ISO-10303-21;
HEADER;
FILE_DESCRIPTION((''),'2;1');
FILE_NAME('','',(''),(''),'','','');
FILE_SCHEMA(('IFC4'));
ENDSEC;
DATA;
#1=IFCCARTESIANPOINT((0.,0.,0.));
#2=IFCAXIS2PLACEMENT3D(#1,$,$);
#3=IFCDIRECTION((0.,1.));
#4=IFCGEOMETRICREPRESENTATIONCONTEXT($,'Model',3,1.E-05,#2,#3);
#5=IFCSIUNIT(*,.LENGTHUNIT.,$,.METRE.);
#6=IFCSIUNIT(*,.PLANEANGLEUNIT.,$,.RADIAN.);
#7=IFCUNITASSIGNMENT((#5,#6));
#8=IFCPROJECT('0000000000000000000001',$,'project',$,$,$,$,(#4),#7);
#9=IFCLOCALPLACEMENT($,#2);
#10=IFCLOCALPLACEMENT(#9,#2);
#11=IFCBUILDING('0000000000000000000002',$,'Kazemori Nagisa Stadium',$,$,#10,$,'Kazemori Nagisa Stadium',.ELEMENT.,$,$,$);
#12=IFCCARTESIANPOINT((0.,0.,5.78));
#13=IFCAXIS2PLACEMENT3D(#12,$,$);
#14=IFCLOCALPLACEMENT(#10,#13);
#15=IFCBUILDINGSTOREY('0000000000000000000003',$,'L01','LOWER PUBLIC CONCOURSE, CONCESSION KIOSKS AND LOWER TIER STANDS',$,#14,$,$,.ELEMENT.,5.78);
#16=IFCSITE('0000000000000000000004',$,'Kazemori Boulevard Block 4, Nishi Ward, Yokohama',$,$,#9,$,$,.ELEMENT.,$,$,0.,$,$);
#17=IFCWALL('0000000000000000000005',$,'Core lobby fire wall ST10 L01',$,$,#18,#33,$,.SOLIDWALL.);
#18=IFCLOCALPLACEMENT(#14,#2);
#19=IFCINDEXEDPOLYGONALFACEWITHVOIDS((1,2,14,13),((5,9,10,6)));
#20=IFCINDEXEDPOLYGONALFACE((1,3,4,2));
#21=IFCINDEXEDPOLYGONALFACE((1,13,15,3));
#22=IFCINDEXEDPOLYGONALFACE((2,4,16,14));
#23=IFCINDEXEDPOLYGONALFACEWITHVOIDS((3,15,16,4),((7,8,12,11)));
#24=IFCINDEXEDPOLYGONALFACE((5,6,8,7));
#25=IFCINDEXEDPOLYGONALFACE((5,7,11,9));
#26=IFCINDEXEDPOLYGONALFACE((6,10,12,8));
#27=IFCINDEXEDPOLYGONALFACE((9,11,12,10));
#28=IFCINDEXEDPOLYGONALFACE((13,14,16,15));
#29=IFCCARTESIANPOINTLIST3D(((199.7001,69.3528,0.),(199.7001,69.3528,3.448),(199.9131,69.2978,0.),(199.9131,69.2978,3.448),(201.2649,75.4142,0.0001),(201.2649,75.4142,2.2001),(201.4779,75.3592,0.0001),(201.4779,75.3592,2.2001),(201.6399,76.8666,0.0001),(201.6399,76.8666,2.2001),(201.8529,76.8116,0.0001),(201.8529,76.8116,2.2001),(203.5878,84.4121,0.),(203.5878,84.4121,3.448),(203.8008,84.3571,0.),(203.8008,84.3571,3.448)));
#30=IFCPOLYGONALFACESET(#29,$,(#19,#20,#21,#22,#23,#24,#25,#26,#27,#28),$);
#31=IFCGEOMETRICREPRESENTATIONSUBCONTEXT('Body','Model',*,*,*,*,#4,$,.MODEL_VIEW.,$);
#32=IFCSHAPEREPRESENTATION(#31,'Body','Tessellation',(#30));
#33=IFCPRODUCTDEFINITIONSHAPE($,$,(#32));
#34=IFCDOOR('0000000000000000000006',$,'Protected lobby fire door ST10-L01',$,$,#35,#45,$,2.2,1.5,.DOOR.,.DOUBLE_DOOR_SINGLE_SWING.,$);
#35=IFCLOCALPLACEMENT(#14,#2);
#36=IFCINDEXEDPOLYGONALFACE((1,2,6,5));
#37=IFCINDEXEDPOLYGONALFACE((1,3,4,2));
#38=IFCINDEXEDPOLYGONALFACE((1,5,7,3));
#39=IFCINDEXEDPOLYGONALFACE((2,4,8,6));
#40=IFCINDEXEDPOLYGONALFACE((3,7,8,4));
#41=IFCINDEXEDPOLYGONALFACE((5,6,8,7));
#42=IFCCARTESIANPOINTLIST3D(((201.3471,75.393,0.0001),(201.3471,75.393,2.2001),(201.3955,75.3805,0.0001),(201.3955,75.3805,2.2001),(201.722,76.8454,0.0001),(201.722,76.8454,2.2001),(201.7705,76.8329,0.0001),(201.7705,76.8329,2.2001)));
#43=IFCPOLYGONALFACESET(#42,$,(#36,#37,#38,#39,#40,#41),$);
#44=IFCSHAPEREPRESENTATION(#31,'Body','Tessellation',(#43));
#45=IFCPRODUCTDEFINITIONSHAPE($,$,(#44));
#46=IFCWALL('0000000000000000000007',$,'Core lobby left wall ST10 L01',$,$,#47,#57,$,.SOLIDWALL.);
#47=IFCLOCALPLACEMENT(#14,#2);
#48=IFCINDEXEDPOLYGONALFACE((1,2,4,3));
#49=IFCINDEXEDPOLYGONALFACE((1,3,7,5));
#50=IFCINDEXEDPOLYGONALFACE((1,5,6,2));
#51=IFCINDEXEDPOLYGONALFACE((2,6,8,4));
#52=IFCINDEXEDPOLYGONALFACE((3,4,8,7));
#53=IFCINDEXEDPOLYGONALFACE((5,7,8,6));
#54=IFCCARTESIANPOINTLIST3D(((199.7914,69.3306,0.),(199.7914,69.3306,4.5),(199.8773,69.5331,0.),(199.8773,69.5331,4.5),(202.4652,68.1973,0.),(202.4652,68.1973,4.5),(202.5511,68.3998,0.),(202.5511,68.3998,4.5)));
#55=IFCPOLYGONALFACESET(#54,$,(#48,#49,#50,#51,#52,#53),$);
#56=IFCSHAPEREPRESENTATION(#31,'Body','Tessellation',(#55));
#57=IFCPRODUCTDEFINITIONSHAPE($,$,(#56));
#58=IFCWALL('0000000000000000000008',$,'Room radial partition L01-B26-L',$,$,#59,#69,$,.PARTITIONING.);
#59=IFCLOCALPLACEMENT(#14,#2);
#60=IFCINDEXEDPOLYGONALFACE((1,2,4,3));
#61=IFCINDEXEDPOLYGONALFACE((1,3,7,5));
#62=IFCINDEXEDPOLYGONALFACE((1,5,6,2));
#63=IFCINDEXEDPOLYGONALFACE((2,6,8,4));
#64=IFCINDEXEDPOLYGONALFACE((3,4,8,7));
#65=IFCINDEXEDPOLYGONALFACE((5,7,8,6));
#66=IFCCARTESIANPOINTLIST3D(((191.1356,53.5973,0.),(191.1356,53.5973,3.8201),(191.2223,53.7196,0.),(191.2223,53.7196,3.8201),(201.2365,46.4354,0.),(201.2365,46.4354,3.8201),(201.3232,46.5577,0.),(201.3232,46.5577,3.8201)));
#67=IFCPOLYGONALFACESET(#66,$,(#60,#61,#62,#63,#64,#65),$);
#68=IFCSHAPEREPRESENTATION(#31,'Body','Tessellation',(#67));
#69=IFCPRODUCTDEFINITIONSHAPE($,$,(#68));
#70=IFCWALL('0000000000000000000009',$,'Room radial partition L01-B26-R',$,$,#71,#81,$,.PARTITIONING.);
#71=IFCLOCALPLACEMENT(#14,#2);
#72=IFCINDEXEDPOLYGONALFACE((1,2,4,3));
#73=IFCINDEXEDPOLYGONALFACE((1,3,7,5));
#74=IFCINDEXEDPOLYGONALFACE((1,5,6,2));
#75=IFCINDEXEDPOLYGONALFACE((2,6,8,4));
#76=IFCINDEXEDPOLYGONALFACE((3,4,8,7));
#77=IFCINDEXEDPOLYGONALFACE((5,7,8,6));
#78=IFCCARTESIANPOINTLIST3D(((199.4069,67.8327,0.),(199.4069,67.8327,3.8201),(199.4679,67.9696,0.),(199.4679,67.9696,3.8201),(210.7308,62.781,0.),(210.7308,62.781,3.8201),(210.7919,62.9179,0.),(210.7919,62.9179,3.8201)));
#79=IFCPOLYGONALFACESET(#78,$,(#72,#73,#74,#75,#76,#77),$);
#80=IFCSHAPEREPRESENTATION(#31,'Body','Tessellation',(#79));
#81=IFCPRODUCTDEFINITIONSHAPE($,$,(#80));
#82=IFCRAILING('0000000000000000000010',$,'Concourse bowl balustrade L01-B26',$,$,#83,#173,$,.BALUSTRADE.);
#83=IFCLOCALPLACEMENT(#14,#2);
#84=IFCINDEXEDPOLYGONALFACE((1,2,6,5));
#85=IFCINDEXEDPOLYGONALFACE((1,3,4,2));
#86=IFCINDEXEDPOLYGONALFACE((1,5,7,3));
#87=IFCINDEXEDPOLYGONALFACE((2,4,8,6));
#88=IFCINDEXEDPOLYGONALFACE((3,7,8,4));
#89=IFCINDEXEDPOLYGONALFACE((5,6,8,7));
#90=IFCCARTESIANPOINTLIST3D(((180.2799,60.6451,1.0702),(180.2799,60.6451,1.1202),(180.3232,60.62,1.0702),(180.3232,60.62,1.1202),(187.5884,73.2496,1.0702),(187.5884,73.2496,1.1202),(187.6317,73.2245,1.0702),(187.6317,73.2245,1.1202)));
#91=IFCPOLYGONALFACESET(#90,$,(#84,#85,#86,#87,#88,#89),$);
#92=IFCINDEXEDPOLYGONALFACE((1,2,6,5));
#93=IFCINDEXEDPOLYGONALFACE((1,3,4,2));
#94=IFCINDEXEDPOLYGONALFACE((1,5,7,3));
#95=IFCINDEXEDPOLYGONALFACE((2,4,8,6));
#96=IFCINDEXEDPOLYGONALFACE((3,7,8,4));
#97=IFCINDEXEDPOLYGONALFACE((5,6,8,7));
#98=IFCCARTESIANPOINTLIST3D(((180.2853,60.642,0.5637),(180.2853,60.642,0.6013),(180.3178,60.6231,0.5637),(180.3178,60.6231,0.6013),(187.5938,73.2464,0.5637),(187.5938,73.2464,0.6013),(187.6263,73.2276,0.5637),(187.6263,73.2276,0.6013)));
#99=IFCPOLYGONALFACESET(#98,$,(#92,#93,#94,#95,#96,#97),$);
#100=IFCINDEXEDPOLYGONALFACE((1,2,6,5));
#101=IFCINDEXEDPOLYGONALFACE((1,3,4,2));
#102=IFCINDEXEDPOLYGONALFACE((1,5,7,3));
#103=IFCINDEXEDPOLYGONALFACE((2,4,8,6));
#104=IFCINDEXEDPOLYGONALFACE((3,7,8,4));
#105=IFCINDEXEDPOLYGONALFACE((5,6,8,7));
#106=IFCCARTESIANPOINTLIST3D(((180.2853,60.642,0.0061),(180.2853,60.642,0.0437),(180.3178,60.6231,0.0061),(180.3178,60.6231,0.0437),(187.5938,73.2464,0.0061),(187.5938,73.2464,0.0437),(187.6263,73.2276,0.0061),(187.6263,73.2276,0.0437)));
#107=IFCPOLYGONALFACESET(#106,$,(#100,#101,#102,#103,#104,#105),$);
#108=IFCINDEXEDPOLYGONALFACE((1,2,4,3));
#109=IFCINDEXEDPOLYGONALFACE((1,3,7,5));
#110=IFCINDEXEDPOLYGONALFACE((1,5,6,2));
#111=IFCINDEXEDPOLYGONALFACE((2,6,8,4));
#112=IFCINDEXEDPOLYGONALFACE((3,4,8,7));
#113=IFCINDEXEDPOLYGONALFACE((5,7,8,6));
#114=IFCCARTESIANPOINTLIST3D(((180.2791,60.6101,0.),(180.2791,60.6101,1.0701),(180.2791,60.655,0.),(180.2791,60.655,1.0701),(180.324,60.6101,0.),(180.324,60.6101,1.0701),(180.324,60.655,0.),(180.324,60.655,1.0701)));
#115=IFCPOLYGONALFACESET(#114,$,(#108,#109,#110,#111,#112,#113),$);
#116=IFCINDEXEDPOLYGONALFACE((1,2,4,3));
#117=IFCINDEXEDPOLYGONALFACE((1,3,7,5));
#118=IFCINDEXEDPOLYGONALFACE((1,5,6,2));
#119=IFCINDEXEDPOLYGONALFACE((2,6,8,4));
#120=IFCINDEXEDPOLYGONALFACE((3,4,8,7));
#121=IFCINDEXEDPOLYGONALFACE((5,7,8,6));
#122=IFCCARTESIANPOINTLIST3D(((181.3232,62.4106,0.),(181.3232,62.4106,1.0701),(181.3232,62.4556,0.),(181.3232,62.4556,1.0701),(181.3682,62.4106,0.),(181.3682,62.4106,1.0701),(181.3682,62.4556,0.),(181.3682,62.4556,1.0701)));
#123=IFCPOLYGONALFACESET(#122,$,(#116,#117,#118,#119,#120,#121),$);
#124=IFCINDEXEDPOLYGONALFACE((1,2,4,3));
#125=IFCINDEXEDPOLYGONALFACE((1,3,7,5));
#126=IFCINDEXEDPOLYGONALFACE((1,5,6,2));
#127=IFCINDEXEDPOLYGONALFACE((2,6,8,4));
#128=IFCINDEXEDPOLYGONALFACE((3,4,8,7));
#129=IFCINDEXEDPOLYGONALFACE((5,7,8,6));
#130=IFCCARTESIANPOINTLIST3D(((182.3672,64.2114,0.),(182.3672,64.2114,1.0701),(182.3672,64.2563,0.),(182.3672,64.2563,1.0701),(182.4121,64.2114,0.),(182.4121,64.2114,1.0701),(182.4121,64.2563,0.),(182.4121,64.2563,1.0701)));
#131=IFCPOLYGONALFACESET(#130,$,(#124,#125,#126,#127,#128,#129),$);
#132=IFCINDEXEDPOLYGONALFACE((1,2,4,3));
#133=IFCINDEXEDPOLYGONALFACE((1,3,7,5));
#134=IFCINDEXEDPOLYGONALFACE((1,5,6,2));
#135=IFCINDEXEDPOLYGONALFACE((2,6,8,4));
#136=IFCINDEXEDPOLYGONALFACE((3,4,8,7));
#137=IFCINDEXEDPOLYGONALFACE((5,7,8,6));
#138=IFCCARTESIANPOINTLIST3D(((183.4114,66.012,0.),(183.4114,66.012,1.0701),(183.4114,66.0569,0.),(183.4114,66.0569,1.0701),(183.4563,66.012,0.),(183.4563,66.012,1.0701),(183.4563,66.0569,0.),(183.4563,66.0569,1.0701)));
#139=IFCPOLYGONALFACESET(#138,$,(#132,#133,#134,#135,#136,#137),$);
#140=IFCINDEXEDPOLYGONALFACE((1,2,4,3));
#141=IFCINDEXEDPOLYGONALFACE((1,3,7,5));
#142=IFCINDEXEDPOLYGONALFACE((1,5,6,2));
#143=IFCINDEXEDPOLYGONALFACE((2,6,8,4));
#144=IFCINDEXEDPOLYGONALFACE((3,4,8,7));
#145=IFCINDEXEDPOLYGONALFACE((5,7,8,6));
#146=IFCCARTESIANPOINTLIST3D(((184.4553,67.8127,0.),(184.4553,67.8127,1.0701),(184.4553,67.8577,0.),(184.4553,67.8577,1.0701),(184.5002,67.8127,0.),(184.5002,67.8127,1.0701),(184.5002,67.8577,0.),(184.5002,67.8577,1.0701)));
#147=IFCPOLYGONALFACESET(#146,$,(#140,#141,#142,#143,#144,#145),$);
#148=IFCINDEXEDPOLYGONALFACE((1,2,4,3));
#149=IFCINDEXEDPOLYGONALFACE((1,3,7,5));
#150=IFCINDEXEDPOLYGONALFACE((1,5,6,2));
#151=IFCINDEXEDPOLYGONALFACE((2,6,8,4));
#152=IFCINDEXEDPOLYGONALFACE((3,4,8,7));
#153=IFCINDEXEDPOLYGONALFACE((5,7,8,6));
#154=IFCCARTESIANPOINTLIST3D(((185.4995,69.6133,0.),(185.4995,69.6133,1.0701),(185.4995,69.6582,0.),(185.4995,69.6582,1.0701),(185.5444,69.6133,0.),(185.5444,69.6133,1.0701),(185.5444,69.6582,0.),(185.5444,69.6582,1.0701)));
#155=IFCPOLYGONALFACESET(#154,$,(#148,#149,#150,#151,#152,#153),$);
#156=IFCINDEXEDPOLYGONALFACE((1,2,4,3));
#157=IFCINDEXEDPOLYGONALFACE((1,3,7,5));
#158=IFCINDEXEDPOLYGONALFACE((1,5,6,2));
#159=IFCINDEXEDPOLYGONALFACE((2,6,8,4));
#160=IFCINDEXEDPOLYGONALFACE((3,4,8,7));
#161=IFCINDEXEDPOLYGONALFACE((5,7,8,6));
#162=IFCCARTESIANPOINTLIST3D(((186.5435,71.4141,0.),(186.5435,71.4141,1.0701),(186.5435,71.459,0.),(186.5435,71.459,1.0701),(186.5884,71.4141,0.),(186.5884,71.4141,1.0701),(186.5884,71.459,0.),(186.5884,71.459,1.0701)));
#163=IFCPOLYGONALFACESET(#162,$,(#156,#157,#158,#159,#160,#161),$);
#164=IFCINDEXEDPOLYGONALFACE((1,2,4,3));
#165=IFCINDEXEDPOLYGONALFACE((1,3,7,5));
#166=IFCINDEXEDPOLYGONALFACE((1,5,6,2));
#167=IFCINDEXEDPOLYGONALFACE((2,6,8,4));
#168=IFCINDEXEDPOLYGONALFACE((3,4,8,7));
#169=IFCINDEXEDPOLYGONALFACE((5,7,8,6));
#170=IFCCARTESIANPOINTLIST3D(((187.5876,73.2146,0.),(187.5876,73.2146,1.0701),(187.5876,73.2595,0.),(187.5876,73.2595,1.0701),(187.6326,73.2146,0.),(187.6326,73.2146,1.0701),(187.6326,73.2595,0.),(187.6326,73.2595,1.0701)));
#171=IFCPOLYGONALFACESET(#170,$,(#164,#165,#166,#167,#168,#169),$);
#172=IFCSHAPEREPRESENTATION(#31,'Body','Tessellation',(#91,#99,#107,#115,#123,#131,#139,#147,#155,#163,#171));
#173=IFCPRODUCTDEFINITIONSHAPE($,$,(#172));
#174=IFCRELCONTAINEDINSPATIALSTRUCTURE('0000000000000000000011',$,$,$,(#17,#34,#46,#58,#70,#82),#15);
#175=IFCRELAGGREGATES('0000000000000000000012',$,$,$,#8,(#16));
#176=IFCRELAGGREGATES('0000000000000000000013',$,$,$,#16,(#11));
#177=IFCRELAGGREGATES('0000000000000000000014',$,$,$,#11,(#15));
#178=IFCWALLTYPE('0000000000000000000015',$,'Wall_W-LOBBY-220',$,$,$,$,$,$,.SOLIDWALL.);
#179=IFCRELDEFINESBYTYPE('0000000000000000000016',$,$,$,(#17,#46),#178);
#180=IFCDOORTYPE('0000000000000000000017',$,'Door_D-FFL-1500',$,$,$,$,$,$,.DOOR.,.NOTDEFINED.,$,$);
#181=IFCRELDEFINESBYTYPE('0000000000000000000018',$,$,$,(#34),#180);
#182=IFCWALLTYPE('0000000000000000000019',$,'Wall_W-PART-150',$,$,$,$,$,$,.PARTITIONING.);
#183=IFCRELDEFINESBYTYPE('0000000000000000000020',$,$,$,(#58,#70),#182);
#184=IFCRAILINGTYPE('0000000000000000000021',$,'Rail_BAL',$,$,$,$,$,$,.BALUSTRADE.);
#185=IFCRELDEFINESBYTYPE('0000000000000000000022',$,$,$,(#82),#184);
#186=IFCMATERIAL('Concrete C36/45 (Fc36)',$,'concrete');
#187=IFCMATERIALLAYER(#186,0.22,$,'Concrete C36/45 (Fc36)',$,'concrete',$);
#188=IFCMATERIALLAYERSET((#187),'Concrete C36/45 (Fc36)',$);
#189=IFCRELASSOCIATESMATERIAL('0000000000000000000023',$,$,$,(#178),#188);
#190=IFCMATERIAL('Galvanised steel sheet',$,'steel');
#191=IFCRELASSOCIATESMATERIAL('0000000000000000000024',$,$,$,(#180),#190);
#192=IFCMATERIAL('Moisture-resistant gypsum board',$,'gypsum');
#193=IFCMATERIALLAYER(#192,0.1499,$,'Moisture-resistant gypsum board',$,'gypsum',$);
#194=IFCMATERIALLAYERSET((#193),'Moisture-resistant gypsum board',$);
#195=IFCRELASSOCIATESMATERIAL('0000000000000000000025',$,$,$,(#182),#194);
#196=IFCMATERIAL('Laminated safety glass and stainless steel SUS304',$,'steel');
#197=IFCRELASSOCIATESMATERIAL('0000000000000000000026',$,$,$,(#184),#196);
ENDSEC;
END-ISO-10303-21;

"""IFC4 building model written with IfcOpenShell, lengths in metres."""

from ifc_helpers import new_model, si_unit, direction, frame, frame_2d, origin, origin_2d, place, context, subcontext, project, spatial, rectangle, extrude, material, layer, layer_set, type_object, element, fill, save


model = new_model("IFC4")

# Units and contexts
model_context = context("Model", 3, precision=1e-05, world=origin(), true_north=direction((0.0, 1.0)))
body_context = subcontext(model_context, "Body", "Model", "MODEL_VIEW")
ifc_project = project(units=[si_unit("LENGTHUNIT", "METRE"), si_unit("PLANEANGLEUNIT", "RADIAN")], contexts=[model_context])

# Site, building, storey
site_placement = place(None, origin())
site = spatial("IfcSite", under=ifc_project, at=site_placement, Name="Kazemori Boulevard Block 4, Nishi Ward, Yokohama", CompositionType="ELEMENT", RefElevation=0.0)
building_placement = place(site_placement, origin())
building = spatial("IfcBuilding", under=site, at=building_placement, Name="Kazemori Nagisa Stadium", LongName="Kazemori Nagisa Stadium", CompositionType="ELEMENT")
storey_placement = place(building_placement, frame((0.0, 0.0, 5.78)))
storey = spatial("IfcBuildingStorey", under=building, at=storey_placement, Name="L01", Description="LOWER PUBLIC CONCOURSE, CONCESSION KIOSKS AND LOWER TIER STANDS", CompositionType="ELEMENT", Elevation=5.78)

# Shared definitions
ifc_material_1 = material(Name="Galvanised steel sheet", Category="steel")

# Wall, opening, door
ifc_material_2 = material(Name="Concrete C36/45 (Fc36)", Category="concrete")
ifc_layer_1 = layer(ifc_material_2, 0.22, Name="Concrete C36/45 (Fc36)", Category="concrete")
ifc_layer_set_1 = layer_set([ifc_layer_1], Name="Concrete C36/45 (Fc36)")
wall_type_1 = type_object("IfcWallType", Name="Wall_W-LOBBY-220", PredefinedType="SOLIDWALL", material=ifc_layer_set_1)
wall_1_placement = place(storey_placement, frame((199.8066, 69.3254, 0.0), z_axis=(0.0, 0.0, 1.0), x_axis=(0.249963, 0.968255, 0.0)))
wall_1 = element("IfcWall", 1, at=wall_1_placement, inside=storey, type_object=wall_type_1, Name="Core lobby fire wall ST10 L01", PredefinedType="SOLIDWALL", context=body_context, shape_type="SweptSolid", body=[
    extrude(rectangle(XDim=15.553, YDim=0.22, at=frame_2d((7.7764, 0.0))), origin(), (0.0, 0.0, 1.0), 3.448),
])
opening_1_placement = place(wall_1_placement, frame((6.26, 0.0, 0.0)))
opening_1 = element("IfcOpeningElement", 2, at=opening_1_placement, cuts=wall_1, PredefinedType="OPENING", context=body_context, shape_type="SweptSolid", body=[
    extrude(rectangle(XDim=1.5, YDim=2.2, at=frame_2d((0.75, 1.1001))), frame((0.0, 0.1199, 0.0), z_axis=(0.0, -1.0, 0.0), x_axis=(1.0, 0.0, 0.0)), (0.0, 0.0, 1.0), 0.24),
])
door_type_1 = type_object("IfcDoorType", Name="Door_D-FFL-1500", OperationType="NOTDEFINED", PredefinedType="DOOR", material=ifc_material_1)
door_1_placement = place(opening_1_placement, frame((1.5, 0.0, 0.0), z_axis=(0.0, 0.0, 1.0), x_axis=(-1.0, 0.0, 0.0)))
door_1 = element("IfcDoor", 3, at=door_1_placement, inside=storey, type_object=door_type_1, Name="Protected lobby fire door ST10-L01", OperationType="DOUBLE_DOOR_SINGLE_SWING", OverallHeight=2.2, OverallWidth=1.5, PredefinedType="DOOR", context=body_context, shape_type="SweptSolid", body=[
    extrude(rectangle(XDim=1.5, YDim=2.2, at=frame_2d((0.75, 1.1001))), frame((0.0, 0.0249, 0.0), z_axis=(0.0, -1.0, 0.0), x_axis=(1.0, 0.0, 0.0)), (0.0, 0.0, 1.0), 0.05),
])
fill(opening_1, door_1)

# Walls
wall_2_placement = place(storey_placement, frame((199.8342, 69.4319, 0.0), z_axis=(0.0, 0.0, 1.0), x_axis=(0.920712, -0.390243, 0.0)))
element("IfcWall", 4, at=wall_2_placement, inside=storey, type_object=wall_type_1, Name="Core lobby left wall ST10 L01", PredefinedType="SOLIDWALL", context=body_context, shape_type="SweptSolid", body=[
    extrude(rectangle(XDim=2.9041, YDim=0.22, at=frame_2d((1.4521, 0.0))), origin(), (0.0, 0.0, 1.0), 4.5),
])
ifc_material_3 = material(Name="Moisture-resistant gypsum board", Category="gypsum")
ifc_layer_2 = layer(ifc_material_3, 0.1499, Name="Moisture-resistant gypsum board", Category="gypsum")
ifc_layer_set_2 = layer_set([ifc_layer_2], Name="Moisture-resistant gypsum board")
wall_type_2 = type_object("IfcWallType", Name="Wall_W-PART-150", PredefinedType="PARTITIONING", material=ifc_layer_set_2)
wall_3_placement = place(storey_placement, frame((191.179, 53.6584, 0.0), z_axis=(0.0, 0.0, 1.0), x_axis=(0.815754, -0.5784, 0.0)))
element("IfcWall", 5, at=wall_3_placement, inside=storey, type_object=wall_type_2, Name="Room radial partition L01-B26-L", PredefinedType="PARTITIONING", context=body_context, shape_type="SweptSolid", body=[
    extrude(rectangle(XDim=12.3823, YDim=0.1499, at=frame_2d((6.1912, 0.0))), origin(), (0.0, 0.0, 1.0), 3.8201),
])
wall_4_placement = place(storey_placement, frame((199.4375, 67.9011, 0.0), z_axis=(0.0, 0.0, 1.0), x_axis=(0.913246, -0.40741, 0.0)))
element("IfcWall", 6, at=wall_4_placement, inside=storey, type_object=wall_type_2, Name="Room radial partition L01-B26-R", PredefinedType="PARTITIONING", context=body_context, shape_type="SweptSolid", body=[
    extrude(rectangle(XDim=12.3997, YDim=0.1499, at=frame_2d((6.1997, 0.0))), origin(), (0.0, 0.0, 1.0), 3.8201),
])

# Railing
ifc_material_4 = material(Name="Laminated safety glass and stainless steel SUS304", Category="steel")
railing_type_1 = type_object("IfcRailingType", Name="Rail_BAL", PredefinedType="BALUSTRADE", material=ifc_material_4)
railing_1_placement = place(storey_placement, frame((180.3015, 60.6326, 0.0)))
element("IfcRailing", 7, at=railing_1_placement, inside=storey, type_object=railing_type_1, Name="Concourse bowl balustrade L01-B26", PredefinedType="BALUSTRADE", context=body_context, shape_type="SweptSolid", body=[
    extrude(rectangle(XDim=0.05, YDim=0.05, at=origin_2d()), frame((0.0, 0.0, 1.0952), z_axis=(0.501615, 0.865091, 0.0), x_axis=(-0.865091, 0.501615, 0.0)), (0.0, 0.0, 1.0), 14.5701),
    extrude(rectangle(XDim=0.0376, YDim=0.0376, at=origin_2d()), frame((0.0, 0.0, 0.5825), z_axis=(0.501615, 0.865091, 0.0), x_axis=(-0.865091, 0.501615, 0.0)), (0.0, 0.0, 1.0), 14.5701),
    extrude(rectangle(XDim=0.0376, YDim=0.0376, at=origin_2d()), frame((0.0, 0.0, 0.0249), z_axis=(0.501615, 0.865091, 0.0), x_axis=(-0.865091, 0.501615, 0.0)), (0.0, 0.0, 1.0), 14.5701),
    extrude(rectangle(XDim=0.0449, YDim=0.0449, at=origin_2d()), origin(), (0.0, 0.0, 1.0), 1.0701),
    extrude(rectangle(XDim=0.0449, YDim=0.0449, at=origin_2d()), frame((1.0442, 1.8005, 0.0)), (0.0, 0.0, 1.0), 1.0701),
    extrude(rectangle(XDim=0.0449, YDim=0.0449, at=origin_2d()), frame((2.0881, 3.6013, 0.0)), (0.0, 0.0, 1.0), 1.0701),
    extrude(rectangle(XDim=0.0449, YDim=0.0449, at=origin_2d()), frame((3.1323, 5.4019, 0.0)), (0.0, 0.0, 1.0), 1.0701),
    extrude(rectangle(XDim=0.0449, YDim=0.0449, at=origin_2d()), frame((4.1763, 7.2026, 0.0)), (0.0, 0.0, 1.0), 1.0701),
    extrude(rectangle(XDim=0.0449, YDim=0.0449, at=origin_2d()), frame((5.2205, 9.0032, 0.0)), (0.0, 0.0, 1.0), 1.0701),
    extrude(rectangle(XDim=0.0449, YDim=0.0449, at=origin_2d()), frame((6.2644, 10.804, 0.0)), (0.0, 0.0, 1.0), 1.0701),
    extrude(rectangle(XDim=0.0449, YDim=0.0449, at=origin_2d()), frame((7.3086, 12.6045, 0.0)), (0.0, 0.0, 1.0), 1.0701),
])

save(model, "model.ifc")
